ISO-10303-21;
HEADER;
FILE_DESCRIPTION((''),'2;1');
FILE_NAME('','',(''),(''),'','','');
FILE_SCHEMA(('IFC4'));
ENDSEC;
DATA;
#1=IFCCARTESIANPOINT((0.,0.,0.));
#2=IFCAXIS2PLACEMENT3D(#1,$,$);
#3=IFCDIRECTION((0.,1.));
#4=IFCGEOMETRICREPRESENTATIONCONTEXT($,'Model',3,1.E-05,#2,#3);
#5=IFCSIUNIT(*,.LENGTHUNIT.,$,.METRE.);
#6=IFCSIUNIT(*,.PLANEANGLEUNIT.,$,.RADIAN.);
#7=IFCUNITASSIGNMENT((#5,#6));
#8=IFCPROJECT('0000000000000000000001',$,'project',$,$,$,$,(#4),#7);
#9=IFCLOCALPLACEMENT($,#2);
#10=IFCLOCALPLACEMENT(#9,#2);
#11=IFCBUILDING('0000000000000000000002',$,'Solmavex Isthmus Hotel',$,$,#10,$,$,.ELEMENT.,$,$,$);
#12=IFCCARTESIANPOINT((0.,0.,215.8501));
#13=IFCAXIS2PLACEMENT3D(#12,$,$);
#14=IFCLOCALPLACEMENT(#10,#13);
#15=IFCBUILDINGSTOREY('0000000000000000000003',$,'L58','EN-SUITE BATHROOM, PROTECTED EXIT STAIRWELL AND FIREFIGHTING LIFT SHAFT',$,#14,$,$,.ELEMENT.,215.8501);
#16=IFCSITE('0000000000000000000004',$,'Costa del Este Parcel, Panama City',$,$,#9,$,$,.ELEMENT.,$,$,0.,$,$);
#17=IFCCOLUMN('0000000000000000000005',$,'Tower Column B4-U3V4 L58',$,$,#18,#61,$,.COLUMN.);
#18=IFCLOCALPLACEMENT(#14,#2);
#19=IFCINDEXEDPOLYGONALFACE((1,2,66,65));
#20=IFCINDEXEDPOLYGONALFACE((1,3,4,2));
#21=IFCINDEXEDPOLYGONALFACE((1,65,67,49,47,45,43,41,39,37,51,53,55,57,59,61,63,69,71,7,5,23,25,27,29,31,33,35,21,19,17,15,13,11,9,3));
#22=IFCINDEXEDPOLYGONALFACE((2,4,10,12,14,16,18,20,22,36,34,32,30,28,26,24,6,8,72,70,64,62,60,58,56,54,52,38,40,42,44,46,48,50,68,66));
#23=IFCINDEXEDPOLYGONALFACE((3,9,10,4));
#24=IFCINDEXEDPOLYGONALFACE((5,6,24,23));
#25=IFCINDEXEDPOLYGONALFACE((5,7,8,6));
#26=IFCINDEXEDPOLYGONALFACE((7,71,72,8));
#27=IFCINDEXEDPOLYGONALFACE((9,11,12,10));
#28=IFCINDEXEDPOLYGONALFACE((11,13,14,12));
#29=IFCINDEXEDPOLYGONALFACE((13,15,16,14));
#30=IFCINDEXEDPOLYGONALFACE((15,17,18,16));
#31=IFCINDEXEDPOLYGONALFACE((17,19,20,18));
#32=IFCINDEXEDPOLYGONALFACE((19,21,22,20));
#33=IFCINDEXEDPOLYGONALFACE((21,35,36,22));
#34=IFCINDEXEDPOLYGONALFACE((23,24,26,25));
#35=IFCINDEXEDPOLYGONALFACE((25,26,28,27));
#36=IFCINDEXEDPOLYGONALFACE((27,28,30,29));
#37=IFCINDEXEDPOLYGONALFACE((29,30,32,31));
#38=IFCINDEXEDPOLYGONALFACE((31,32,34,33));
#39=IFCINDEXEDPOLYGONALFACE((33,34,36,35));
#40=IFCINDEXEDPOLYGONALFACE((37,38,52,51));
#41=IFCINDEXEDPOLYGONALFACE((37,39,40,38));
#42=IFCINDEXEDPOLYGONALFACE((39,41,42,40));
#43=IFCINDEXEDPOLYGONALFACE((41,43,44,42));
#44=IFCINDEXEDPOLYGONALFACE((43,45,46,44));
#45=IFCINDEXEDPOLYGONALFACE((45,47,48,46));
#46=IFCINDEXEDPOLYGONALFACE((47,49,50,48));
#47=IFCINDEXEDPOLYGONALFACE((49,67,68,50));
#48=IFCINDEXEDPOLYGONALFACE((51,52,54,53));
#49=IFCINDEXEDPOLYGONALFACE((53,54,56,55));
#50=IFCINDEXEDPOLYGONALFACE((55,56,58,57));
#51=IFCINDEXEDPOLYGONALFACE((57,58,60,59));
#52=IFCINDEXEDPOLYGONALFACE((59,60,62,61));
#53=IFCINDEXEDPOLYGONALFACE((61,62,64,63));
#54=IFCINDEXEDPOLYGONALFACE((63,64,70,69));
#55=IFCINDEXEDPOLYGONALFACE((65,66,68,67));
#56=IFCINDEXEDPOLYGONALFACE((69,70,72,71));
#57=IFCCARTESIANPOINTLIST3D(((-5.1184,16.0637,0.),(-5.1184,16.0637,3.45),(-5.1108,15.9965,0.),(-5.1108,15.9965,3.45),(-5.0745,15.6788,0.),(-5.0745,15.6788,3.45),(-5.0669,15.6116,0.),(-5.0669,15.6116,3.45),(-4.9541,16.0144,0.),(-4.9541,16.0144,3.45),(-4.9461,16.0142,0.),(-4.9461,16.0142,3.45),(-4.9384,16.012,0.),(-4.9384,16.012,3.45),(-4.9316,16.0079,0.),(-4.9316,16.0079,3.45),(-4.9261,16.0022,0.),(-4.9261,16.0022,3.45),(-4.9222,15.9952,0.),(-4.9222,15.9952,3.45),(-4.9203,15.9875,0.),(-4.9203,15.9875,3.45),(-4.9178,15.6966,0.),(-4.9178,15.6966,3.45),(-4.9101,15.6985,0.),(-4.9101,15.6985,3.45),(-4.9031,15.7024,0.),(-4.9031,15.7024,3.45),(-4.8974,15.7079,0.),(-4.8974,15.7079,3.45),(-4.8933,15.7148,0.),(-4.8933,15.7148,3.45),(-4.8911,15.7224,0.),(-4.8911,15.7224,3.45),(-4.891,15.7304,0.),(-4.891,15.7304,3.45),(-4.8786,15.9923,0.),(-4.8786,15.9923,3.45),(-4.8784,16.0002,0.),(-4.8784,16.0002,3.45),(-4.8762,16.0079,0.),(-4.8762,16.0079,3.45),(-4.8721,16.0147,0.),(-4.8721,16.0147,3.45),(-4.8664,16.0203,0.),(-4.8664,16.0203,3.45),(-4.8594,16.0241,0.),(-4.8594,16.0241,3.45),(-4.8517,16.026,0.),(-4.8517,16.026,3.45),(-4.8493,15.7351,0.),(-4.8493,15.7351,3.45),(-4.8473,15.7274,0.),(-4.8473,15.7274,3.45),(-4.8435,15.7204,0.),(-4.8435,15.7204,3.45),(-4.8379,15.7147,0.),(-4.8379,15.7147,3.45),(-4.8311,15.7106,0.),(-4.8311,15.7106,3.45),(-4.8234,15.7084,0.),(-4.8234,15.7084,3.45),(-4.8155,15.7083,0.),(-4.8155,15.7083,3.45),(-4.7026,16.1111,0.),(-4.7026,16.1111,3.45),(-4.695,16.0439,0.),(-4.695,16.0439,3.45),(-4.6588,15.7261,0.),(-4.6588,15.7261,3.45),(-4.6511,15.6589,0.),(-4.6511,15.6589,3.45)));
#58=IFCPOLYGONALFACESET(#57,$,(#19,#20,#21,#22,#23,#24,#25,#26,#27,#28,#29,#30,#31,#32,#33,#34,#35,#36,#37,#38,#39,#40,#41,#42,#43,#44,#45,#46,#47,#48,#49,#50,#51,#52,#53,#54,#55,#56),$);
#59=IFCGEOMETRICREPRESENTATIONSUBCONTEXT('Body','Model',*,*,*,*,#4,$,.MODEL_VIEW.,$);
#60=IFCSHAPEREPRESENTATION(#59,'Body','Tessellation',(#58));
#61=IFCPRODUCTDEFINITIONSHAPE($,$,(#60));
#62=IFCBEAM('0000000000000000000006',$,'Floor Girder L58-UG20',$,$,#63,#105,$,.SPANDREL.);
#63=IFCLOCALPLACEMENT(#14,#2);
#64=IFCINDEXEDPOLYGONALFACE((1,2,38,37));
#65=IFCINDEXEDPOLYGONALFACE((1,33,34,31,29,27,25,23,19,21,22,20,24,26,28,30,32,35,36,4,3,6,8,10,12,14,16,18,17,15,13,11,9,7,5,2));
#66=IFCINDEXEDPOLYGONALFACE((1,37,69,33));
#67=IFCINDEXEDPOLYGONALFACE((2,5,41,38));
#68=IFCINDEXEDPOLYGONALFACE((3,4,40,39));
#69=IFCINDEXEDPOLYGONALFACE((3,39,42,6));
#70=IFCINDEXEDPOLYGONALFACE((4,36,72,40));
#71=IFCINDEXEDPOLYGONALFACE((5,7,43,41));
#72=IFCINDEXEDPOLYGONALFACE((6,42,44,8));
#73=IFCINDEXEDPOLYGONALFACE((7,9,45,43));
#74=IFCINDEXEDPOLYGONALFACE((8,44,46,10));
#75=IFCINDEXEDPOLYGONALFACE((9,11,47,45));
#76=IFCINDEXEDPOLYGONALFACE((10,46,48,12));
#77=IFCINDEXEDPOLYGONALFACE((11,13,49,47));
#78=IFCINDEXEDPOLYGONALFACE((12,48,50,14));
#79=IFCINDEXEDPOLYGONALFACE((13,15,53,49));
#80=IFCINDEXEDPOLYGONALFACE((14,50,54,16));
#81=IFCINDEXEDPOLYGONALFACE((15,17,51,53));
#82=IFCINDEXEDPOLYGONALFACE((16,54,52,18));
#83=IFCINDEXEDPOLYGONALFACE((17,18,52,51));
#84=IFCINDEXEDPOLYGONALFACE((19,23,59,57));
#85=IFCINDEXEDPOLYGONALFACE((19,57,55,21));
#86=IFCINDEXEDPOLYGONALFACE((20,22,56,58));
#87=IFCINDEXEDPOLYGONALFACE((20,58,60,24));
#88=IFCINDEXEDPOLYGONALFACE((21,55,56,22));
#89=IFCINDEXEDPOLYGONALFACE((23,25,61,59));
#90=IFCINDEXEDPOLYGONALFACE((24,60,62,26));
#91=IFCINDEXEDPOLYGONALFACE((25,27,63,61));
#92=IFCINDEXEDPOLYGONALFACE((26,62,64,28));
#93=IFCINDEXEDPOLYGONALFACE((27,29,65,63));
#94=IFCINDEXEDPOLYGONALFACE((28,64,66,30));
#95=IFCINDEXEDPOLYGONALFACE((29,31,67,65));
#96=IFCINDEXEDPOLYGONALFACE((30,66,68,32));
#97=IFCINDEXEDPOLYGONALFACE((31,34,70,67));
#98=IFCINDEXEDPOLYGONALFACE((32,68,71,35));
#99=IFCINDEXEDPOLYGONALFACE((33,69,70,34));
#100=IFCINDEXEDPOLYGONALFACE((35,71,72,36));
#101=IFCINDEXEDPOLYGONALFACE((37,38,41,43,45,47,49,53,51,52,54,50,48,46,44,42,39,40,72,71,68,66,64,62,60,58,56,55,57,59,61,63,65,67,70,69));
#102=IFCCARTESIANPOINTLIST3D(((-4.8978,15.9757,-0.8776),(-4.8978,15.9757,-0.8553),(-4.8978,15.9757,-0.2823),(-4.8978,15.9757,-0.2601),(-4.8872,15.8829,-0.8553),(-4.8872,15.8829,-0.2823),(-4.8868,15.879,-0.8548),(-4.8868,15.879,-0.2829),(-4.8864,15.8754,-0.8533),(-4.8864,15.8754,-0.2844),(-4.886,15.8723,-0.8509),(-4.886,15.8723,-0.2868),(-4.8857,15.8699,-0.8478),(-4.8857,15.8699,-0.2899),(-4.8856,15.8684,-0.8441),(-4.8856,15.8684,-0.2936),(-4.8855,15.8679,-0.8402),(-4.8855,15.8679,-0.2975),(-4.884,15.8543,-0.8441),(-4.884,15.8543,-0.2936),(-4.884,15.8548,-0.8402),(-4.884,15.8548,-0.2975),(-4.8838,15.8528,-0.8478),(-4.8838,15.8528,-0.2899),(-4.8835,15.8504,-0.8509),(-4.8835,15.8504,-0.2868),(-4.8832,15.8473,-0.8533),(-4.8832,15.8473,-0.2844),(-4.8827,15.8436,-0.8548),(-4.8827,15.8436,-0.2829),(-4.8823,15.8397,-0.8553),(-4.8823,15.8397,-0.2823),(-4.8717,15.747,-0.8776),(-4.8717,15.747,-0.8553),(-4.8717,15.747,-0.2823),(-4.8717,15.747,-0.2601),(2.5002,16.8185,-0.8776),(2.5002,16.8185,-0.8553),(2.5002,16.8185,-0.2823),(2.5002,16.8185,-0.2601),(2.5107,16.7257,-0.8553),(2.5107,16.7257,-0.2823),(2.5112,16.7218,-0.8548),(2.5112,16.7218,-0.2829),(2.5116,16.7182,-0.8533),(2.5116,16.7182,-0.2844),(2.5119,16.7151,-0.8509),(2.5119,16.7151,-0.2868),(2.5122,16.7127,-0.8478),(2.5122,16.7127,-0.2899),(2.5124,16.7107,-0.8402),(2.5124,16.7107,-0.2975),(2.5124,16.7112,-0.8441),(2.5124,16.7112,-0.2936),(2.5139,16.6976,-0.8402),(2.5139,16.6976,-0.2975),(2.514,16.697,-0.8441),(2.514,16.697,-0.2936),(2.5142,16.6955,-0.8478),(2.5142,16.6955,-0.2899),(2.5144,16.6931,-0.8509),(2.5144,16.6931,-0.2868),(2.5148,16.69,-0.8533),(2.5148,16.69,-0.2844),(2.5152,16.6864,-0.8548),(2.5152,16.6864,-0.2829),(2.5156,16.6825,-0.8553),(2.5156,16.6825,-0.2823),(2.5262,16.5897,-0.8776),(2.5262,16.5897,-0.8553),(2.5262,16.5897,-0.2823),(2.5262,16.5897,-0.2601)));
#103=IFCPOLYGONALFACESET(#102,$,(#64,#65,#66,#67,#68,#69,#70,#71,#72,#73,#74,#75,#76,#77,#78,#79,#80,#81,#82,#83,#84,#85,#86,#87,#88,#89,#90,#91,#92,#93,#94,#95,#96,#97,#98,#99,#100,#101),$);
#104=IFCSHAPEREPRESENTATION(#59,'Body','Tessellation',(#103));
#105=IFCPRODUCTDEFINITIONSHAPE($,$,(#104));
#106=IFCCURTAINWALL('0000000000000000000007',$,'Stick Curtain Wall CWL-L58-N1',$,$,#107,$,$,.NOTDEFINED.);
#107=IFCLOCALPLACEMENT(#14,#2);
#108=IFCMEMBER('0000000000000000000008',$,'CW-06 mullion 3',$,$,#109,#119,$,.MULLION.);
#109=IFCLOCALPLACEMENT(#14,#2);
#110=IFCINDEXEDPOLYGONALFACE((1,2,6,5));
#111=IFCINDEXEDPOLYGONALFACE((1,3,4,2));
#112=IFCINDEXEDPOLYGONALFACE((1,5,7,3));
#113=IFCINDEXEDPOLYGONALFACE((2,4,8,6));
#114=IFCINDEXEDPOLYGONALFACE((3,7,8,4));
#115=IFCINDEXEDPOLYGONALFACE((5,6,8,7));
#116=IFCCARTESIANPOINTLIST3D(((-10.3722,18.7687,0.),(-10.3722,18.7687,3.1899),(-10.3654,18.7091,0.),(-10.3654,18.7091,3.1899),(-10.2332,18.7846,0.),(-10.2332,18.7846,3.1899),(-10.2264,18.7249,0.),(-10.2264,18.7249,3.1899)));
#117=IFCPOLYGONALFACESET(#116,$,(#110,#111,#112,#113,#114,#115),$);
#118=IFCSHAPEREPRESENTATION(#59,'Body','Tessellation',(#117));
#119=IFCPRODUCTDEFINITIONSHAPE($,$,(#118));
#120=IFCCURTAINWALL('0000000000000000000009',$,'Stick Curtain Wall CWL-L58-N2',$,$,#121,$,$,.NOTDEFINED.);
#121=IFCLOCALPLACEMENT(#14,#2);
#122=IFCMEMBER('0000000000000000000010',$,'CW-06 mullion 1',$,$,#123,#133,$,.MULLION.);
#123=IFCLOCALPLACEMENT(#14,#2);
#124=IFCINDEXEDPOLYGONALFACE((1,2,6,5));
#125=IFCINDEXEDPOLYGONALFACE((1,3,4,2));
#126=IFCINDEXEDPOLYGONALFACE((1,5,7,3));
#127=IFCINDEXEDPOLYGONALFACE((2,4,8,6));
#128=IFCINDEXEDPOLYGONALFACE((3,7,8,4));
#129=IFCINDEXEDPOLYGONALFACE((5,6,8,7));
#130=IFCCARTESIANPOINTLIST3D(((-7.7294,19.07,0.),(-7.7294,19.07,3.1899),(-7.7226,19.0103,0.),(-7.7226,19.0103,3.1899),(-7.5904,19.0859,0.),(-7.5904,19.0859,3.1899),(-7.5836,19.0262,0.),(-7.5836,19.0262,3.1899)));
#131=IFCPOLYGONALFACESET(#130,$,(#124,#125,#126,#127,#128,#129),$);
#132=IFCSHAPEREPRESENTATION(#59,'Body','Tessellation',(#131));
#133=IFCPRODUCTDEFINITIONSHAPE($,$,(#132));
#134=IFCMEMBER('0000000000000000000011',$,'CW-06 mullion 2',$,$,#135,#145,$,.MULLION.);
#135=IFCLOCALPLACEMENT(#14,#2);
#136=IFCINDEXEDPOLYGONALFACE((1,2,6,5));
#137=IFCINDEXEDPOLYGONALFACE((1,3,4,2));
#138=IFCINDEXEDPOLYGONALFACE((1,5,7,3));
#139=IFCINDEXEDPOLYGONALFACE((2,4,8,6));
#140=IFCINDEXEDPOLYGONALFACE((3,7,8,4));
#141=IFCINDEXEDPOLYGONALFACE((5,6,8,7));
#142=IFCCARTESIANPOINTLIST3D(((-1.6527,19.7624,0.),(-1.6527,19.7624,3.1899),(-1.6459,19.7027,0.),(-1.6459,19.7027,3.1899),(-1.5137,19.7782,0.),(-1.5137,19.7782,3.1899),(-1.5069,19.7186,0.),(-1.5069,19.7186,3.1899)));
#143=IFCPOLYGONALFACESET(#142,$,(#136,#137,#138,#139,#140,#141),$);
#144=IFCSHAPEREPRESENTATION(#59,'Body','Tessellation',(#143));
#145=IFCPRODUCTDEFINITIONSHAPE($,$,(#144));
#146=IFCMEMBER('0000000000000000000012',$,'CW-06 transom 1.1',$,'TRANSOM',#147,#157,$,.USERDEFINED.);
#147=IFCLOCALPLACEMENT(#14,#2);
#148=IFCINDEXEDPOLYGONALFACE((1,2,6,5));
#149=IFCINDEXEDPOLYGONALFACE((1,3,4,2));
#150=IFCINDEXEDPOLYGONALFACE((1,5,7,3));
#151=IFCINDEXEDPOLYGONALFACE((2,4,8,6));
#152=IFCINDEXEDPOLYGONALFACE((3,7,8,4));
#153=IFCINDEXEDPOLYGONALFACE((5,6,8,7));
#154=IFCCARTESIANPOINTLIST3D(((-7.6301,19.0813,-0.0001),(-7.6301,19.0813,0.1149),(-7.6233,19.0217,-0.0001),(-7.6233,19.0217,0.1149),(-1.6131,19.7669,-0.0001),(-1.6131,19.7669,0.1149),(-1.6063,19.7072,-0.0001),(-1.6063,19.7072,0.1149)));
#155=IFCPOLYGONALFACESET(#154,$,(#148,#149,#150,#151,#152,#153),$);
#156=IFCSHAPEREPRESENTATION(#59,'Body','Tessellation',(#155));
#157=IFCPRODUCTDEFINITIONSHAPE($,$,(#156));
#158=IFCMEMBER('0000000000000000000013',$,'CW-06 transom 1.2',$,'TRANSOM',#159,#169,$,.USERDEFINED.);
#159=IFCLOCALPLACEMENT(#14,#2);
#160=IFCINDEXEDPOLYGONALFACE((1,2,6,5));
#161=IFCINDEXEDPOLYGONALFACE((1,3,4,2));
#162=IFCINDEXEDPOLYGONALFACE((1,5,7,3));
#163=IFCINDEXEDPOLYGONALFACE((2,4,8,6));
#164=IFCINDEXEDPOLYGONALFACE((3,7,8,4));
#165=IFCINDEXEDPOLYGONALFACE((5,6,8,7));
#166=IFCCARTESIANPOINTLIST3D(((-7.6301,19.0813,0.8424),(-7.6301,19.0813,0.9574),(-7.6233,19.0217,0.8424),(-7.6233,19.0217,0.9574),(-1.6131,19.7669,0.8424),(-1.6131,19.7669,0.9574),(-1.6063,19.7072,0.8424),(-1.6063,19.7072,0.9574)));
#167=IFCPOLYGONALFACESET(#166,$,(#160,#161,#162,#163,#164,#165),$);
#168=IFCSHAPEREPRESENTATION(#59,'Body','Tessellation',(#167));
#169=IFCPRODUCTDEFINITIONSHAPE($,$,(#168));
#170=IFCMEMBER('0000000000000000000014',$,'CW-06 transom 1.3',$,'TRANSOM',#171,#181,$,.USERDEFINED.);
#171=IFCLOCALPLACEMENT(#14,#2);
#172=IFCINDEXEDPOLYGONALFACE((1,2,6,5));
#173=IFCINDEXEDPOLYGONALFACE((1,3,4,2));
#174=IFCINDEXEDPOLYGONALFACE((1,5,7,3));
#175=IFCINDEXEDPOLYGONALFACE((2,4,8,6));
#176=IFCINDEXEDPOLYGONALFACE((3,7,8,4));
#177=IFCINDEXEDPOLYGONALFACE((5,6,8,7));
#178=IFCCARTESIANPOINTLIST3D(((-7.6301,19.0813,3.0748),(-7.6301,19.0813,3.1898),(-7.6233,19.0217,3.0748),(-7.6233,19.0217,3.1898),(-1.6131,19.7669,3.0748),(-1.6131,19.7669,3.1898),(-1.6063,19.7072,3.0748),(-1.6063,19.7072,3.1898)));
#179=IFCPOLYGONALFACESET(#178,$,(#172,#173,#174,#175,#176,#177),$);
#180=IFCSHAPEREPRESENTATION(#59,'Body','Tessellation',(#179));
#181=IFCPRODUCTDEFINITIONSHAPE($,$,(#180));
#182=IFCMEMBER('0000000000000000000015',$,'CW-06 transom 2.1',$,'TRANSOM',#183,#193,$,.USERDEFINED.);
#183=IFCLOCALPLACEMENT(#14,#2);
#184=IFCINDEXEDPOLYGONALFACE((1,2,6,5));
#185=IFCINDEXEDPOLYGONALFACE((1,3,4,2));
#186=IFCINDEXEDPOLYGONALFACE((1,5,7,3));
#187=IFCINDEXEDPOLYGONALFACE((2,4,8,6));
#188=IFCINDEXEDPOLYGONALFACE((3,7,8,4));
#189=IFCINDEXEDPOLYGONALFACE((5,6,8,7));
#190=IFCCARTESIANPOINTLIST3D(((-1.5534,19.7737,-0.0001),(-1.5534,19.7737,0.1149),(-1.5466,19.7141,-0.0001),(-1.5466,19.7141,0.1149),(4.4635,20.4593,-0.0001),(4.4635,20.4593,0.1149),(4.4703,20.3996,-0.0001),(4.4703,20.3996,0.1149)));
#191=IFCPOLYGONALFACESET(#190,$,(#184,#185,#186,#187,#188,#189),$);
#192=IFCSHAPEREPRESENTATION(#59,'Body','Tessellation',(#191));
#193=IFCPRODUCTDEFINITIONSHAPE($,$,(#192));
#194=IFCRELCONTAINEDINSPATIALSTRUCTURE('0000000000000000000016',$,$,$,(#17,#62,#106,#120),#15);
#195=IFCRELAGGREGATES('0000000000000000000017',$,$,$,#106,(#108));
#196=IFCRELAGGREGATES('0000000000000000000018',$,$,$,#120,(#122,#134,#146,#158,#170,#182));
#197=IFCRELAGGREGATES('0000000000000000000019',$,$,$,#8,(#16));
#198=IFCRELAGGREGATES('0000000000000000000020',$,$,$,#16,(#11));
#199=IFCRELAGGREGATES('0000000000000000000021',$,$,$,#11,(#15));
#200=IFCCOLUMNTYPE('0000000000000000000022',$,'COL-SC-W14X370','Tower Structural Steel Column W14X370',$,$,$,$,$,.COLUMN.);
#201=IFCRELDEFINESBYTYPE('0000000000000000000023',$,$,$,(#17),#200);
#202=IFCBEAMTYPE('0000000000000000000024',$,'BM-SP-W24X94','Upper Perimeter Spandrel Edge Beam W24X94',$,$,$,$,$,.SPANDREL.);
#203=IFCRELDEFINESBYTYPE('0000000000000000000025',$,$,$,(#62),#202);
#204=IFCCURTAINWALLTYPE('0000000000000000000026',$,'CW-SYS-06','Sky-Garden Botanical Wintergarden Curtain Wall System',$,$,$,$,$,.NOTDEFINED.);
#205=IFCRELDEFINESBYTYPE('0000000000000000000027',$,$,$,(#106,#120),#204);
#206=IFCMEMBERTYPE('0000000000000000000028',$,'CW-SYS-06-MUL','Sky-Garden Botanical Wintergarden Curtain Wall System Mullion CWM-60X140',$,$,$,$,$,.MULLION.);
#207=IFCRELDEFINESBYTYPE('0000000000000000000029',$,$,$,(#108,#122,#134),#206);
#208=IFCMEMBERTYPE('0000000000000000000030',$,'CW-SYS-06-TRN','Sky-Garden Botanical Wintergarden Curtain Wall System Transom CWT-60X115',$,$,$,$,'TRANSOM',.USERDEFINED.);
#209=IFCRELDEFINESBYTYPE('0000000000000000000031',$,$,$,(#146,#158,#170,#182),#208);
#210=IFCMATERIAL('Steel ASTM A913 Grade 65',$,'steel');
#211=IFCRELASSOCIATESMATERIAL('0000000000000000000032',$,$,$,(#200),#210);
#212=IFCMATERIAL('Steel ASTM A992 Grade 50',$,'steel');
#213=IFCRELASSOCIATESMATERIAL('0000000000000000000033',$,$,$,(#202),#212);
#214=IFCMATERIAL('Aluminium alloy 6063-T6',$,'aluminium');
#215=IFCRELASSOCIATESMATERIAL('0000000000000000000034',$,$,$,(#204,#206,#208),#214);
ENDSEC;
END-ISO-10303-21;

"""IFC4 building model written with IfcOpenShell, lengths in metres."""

from ifc_helpers import new_model, si_unit, direction, frame, origin, origin_2d, place, context, subcontext, project, spatial, rectangle, i_section, extrude, material, material_profile, profile_set, type_object, element, aggregate, save


model = new_model("IFC4")

# Units and contexts
model_context = context("Model", 3, precision=1e-05, world=origin(), true_north=direction((0.0, 1.0)))
body_context = subcontext(model_context, "Body", "Model", "MODEL_VIEW")
ifc_project = project(units=[si_unit("LENGTHUNIT", "METRE"), si_unit("PLANEANGLEUNIT", "RADIAN")], contexts=[model_context])

# Site, building, storey
site_placement = place(None, origin())
site = spatial("IfcSite", under=ifc_project, at=site_placement, Name="Costa del Este Parcel, Panama City", CompositionType="ELEMENT", RefElevation=0.0)
building_placement = place(site_placement, origin())
building = spatial("IfcBuilding", under=site, at=building_placement, Name="Solmavex Isthmus Hotel", CompositionType="ELEMENT")
storey_placement = place(building_placement, frame((0.0, 0.0, 215.8501)))
storey = spatial("IfcBuildingStorey", under=building, at=storey_placement, Name="L58", Description="EN-SUITE BATHROOM, PROTECTED EXIT STAIRWELL AND FIREFIGHTING LIFT SHAFT", CompositionType="ELEMENT", Elevation=215.8501)

# Column
ifc_material_1 = material(Name="Steel ASTM A913 Grade 65", Category="steel")
ifc_material_profile_1 = material_profile(ifc_material_1, i_section(OverallWidth=0.4185, OverallDepth=0.4551, WebThickness=0.042, FlangeThickness=0.0676, FilletRadius=0.0305, at=origin_2d()), Name="W14X370")
ifc_profile_set_1 = profile_set([ifc_material_profile_1], Name="Steel ASTM A913 Grade 65")
column_type = type_object("IfcColumnType", Name="COL-SC-W14X370", Description="Tower Structural Steel Column W14X370", PredefinedType="COLUMN", material=ifc_profile_set_1)
column_placement = place(storey_placement, frame((-4.8848, 15.8613, 0.0), z_axis=(0.0, 0.0, 1.0), x_axis=(0.993572, 0.113203, 0.0)))
element("IfcColumn", 1, at=column_placement, inside=storey, type_object=column_type, Name="Tower Column B4-U3V4 L58", PredefinedType="COLUMN", context=body_context, shape_type="SweptSolid", body=[
    extrude(i_section(OverallWidth=0.4185, OverallDepth=0.4551, WebThickness=0.042, FlangeThickness=0.0676, FilletRadius=0.0305, at=origin_2d()), origin(), (0.0, 0.0, 1.0), 3.45),
])

# Beam
ifc_material_2 = material(Name="Steel ASTM A992 Grade 50", Category="steel")
ifc_material_profile_2 = material_profile(ifc_material_2, i_section(OverallWidth=0.2302, OverallDepth=0.6174, WebThickness=0.0132, FlangeThickness=0.0222, FilletRadius=0.0151, at=origin_2d()), Name="W24X94")
ifc_profile_set_2 = profile_set([ifc_material_profile_2], Name="Steel ASTM A992 Grade 50")
beam_type = type_object("IfcBeamType", Name="BM-SP-W24X94", Description="Upper Perimeter Spandrel Edge Beam W24X94", PredefinedType="SPANDREL", material=ifc_profile_set_2)
beam_placement = place(storey_placement, frame((-4.8848, 15.8613, -0.5688), z_axis=(0.993574, 0.113188, 0.0), x_axis=(-0.113188, 0.993574, 0.0)))
element("IfcBeam", 2, at=beam_placement, inside=storey, type_object=beam_type, Name="Floor Girder L58-UG20", PredefinedType="SPANDREL", context=body_context, shape_type="SweptSolid", body=[
    extrude(i_section(OverallWidth=0.2302, OverallDepth=0.6174, WebThickness=0.0132, FlangeThickness=0.0222, FilletRadius=0.0151, at=origin_2d()), origin(), (0.0, 0.0, 1.0), 7.4458),
])

# Curtain wall, member
ifc_material_3 = material(Name="Aluminium alloy 6063-T6", Category="aluminium")
curtain_wall_type = type_object("IfcCurtainWallType", Name="CW-SYS-06", Description="Sky-Garden Botanical Wintergarden Curtain Wall System", PredefinedType="NOTDEFINED", material=ifc_material_3)
curtain_wall_1_placement = place(storey_placement, origin())
curtain_wall_1 = element("IfcCurtainWall", 3, at=curtain_wall_1_placement, inside=storey, type_object=curtain_wall_type, Name="Stick Curtain Wall CWL-L58-N1", PredefinedType="NOTDEFINED")
ifc_material_profile_3 = material_profile(ifc_material_3, rectangle(XDim=0.0601, YDim=0.1399, at=origin_2d()), Name="CWM-60X140")
ifc_profile_set_3 = profile_set([ifc_material_profile_3], Name="Aluminium alloy 6063-T6")
member_type_1 = type_object("IfcMemberType", Name="CW-SYS-06-MUL", Description="Sky-Garden Botanical Wintergarden Curtain Wall System Mullion CWM-60X140", PredefinedType="MULLION", material=ifc_profile_set_3)
member_1_placement = place(storey_placement, frame((-10.2993, 18.7468, 0.0), z_axis=(0.0, 0.0, 1.0), x_axis=(-0.113203, 0.993572, 0.0)))
member_1 = element("IfcMember", 4, at=member_1_placement, type_object=member_type_1, Name="CW-06 mullion 3", PredefinedType="MULLION", context=body_context, shape_type="SweptSolid", body=[
    extrude(rectangle(XDim=0.0601, YDim=0.1399, at=origin_2d()), origin(), (0.0, 0.0, 1.0), 3.1899),
])
aggregate(curtain_wall_1, [member_1])

# Curtain wall, members
curtain_wall_2_placement = place(storey_placement, origin())
curtain_wall_2 = element("IfcCurtainWall", 5, at=curtain_wall_2_placement, inside=storey, type_object=curtain_wall_type, Name="Stick Curtain Wall CWL-L58-N2", PredefinedType="NOTDEFINED")
member_2_placement = place(storey_placement, frame((-7.6565, 19.0481, 0.0), z_axis=(0.0, 0.0, 1.0), x_axis=(-0.113203, 0.993572, 0.0)))
member_2 = element("IfcMember", 6, at=member_2_placement, type_object=member_type_1, Name="CW-06 mullion 1", PredefinedType="MULLION", context=body_context, shape_type="SweptSolid", body=[
    extrude(rectangle(XDim=0.0601, YDim=0.1399, at=origin_2d()), origin(), (0.0, 0.0, 1.0), 3.1899),
])
member_3_placement = place(storey_placement, frame((-1.5798, 19.7405, 0.0), z_axis=(0.0, 0.0, 1.0), x_axis=(-0.113203, 0.993572, 0.0)))
member_3 = element("IfcMember", 7, at=member_3_placement, type_object=member_type_1, Name="CW-06 mullion 2", PredefinedType="MULLION", context=body_context, shape_type="SweptSolid", body=[
    extrude(rectangle(XDim=0.0601, YDim=0.1399, at=origin_2d()), origin(), (0.0, 0.0, 1.0), 3.1899),
])
ifc_material_profile_4 = material_profile(ifc_material_3, rectangle(XDim=0.0601, YDim=0.115, at=origin_2d()), Name="CWT-60X115")
ifc_profile_set_4 = profile_set([ifc_material_profile_4], Name="Aluminium alloy 6063-T6")
member_type_2 = type_object("IfcMemberType", Name="CW-SYS-06-TRN", Description="Sky-Garden Botanical Wintergarden Curtain Wall System Transom CWT-60X115", ElementType="TRANSOM", PredefinedType="USERDEFINED", material=ifc_profile_set_4)
member_4_placement = place(storey_placement, frame((-7.6267, 19.0515, 0.0574), z_axis=(0.993572, 0.113201, 0.0), x_axis=(-0.113201, 0.993572, 0.0)))
member_4 = element("IfcMember", 8, at=member_4_placement, type_object=member_type_2, Name="CW-06 transom 1.1", ObjectType="TRANSOM", PredefinedType="USERDEFINED", context=body_context, shape_type="SweptSolid", body=[
    extrude(rectangle(XDim=0.0601, YDim=0.115, at=origin_2d()), origin(), (0.0, 0.0, 1.0), 6.0559),
])
member_5_placement = place(storey_placement, frame((-7.6267, 19.0515, 0.8999), z_axis=(0.993572, 0.113201, 0.0), x_axis=(-0.113201, 0.993572, 0.0)))
member_5 = element("IfcMember", 9, at=member_5_placement, type_object=member_type_2, Name="CW-06 transom 1.2", ObjectType="TRANSOM", PredefinedType="USERDEFINED", context=body_context, shape_type="SweptSolid", body=[
    extrude(rectangle(XDim=0.0601, YDim=0.115, at=origin_2d()), origin(), (0.0, 0.0, 1.0), 6.0559),
])
member_6_placement = place(storey_placement, frame((-7.6267, 19.0515, 3.1323), z_axis=(0.993572, 0.113201, 0.0), x_axis=(-0.113201, 0.993572, 0.0)))
member_6 = element("IfcMember", 10, at=member_6_placement, type_object=member_type_2, Name="CW-06 transom 1.3", ObjectType="TRANSOM", PredefinedType="USERDEFINED", context=body_context, shape_type="SweptSolid", body=[
    extrude(rectangle(XDim=0.0601, YDim=0.115, at=origin_2d()), origin(), (0.0, 0.0, 1.0), 6.0559),
])
member_7_placement = place(storey_placement, frame((-1.55, 19.7439, 0.0574), z_axis=(0.993572, 0.113201, 0.0), x_axis=(-0.113201, 0.993572, 0.0)))
member_7 = element("IfcMember", 11, at=member_7_placement, type_object=member_type_2, Name="CW-06 transom 2.1", ObjectType="TRANSOM", PredefinedType="USERDEFINED", context=body_context, shape_type="SweptSolid", body=[
    extrude(rectangle(XDim=0.0601, YDim=0.115, at=origin_2d()), origin(), (0.0, 0.0, 1.0), 6.0559),
])
aggregate(curtain_wall_2, [member_2, member_3, member_4, member_5, member_6, member_7])

save(model, "model.ifc")
